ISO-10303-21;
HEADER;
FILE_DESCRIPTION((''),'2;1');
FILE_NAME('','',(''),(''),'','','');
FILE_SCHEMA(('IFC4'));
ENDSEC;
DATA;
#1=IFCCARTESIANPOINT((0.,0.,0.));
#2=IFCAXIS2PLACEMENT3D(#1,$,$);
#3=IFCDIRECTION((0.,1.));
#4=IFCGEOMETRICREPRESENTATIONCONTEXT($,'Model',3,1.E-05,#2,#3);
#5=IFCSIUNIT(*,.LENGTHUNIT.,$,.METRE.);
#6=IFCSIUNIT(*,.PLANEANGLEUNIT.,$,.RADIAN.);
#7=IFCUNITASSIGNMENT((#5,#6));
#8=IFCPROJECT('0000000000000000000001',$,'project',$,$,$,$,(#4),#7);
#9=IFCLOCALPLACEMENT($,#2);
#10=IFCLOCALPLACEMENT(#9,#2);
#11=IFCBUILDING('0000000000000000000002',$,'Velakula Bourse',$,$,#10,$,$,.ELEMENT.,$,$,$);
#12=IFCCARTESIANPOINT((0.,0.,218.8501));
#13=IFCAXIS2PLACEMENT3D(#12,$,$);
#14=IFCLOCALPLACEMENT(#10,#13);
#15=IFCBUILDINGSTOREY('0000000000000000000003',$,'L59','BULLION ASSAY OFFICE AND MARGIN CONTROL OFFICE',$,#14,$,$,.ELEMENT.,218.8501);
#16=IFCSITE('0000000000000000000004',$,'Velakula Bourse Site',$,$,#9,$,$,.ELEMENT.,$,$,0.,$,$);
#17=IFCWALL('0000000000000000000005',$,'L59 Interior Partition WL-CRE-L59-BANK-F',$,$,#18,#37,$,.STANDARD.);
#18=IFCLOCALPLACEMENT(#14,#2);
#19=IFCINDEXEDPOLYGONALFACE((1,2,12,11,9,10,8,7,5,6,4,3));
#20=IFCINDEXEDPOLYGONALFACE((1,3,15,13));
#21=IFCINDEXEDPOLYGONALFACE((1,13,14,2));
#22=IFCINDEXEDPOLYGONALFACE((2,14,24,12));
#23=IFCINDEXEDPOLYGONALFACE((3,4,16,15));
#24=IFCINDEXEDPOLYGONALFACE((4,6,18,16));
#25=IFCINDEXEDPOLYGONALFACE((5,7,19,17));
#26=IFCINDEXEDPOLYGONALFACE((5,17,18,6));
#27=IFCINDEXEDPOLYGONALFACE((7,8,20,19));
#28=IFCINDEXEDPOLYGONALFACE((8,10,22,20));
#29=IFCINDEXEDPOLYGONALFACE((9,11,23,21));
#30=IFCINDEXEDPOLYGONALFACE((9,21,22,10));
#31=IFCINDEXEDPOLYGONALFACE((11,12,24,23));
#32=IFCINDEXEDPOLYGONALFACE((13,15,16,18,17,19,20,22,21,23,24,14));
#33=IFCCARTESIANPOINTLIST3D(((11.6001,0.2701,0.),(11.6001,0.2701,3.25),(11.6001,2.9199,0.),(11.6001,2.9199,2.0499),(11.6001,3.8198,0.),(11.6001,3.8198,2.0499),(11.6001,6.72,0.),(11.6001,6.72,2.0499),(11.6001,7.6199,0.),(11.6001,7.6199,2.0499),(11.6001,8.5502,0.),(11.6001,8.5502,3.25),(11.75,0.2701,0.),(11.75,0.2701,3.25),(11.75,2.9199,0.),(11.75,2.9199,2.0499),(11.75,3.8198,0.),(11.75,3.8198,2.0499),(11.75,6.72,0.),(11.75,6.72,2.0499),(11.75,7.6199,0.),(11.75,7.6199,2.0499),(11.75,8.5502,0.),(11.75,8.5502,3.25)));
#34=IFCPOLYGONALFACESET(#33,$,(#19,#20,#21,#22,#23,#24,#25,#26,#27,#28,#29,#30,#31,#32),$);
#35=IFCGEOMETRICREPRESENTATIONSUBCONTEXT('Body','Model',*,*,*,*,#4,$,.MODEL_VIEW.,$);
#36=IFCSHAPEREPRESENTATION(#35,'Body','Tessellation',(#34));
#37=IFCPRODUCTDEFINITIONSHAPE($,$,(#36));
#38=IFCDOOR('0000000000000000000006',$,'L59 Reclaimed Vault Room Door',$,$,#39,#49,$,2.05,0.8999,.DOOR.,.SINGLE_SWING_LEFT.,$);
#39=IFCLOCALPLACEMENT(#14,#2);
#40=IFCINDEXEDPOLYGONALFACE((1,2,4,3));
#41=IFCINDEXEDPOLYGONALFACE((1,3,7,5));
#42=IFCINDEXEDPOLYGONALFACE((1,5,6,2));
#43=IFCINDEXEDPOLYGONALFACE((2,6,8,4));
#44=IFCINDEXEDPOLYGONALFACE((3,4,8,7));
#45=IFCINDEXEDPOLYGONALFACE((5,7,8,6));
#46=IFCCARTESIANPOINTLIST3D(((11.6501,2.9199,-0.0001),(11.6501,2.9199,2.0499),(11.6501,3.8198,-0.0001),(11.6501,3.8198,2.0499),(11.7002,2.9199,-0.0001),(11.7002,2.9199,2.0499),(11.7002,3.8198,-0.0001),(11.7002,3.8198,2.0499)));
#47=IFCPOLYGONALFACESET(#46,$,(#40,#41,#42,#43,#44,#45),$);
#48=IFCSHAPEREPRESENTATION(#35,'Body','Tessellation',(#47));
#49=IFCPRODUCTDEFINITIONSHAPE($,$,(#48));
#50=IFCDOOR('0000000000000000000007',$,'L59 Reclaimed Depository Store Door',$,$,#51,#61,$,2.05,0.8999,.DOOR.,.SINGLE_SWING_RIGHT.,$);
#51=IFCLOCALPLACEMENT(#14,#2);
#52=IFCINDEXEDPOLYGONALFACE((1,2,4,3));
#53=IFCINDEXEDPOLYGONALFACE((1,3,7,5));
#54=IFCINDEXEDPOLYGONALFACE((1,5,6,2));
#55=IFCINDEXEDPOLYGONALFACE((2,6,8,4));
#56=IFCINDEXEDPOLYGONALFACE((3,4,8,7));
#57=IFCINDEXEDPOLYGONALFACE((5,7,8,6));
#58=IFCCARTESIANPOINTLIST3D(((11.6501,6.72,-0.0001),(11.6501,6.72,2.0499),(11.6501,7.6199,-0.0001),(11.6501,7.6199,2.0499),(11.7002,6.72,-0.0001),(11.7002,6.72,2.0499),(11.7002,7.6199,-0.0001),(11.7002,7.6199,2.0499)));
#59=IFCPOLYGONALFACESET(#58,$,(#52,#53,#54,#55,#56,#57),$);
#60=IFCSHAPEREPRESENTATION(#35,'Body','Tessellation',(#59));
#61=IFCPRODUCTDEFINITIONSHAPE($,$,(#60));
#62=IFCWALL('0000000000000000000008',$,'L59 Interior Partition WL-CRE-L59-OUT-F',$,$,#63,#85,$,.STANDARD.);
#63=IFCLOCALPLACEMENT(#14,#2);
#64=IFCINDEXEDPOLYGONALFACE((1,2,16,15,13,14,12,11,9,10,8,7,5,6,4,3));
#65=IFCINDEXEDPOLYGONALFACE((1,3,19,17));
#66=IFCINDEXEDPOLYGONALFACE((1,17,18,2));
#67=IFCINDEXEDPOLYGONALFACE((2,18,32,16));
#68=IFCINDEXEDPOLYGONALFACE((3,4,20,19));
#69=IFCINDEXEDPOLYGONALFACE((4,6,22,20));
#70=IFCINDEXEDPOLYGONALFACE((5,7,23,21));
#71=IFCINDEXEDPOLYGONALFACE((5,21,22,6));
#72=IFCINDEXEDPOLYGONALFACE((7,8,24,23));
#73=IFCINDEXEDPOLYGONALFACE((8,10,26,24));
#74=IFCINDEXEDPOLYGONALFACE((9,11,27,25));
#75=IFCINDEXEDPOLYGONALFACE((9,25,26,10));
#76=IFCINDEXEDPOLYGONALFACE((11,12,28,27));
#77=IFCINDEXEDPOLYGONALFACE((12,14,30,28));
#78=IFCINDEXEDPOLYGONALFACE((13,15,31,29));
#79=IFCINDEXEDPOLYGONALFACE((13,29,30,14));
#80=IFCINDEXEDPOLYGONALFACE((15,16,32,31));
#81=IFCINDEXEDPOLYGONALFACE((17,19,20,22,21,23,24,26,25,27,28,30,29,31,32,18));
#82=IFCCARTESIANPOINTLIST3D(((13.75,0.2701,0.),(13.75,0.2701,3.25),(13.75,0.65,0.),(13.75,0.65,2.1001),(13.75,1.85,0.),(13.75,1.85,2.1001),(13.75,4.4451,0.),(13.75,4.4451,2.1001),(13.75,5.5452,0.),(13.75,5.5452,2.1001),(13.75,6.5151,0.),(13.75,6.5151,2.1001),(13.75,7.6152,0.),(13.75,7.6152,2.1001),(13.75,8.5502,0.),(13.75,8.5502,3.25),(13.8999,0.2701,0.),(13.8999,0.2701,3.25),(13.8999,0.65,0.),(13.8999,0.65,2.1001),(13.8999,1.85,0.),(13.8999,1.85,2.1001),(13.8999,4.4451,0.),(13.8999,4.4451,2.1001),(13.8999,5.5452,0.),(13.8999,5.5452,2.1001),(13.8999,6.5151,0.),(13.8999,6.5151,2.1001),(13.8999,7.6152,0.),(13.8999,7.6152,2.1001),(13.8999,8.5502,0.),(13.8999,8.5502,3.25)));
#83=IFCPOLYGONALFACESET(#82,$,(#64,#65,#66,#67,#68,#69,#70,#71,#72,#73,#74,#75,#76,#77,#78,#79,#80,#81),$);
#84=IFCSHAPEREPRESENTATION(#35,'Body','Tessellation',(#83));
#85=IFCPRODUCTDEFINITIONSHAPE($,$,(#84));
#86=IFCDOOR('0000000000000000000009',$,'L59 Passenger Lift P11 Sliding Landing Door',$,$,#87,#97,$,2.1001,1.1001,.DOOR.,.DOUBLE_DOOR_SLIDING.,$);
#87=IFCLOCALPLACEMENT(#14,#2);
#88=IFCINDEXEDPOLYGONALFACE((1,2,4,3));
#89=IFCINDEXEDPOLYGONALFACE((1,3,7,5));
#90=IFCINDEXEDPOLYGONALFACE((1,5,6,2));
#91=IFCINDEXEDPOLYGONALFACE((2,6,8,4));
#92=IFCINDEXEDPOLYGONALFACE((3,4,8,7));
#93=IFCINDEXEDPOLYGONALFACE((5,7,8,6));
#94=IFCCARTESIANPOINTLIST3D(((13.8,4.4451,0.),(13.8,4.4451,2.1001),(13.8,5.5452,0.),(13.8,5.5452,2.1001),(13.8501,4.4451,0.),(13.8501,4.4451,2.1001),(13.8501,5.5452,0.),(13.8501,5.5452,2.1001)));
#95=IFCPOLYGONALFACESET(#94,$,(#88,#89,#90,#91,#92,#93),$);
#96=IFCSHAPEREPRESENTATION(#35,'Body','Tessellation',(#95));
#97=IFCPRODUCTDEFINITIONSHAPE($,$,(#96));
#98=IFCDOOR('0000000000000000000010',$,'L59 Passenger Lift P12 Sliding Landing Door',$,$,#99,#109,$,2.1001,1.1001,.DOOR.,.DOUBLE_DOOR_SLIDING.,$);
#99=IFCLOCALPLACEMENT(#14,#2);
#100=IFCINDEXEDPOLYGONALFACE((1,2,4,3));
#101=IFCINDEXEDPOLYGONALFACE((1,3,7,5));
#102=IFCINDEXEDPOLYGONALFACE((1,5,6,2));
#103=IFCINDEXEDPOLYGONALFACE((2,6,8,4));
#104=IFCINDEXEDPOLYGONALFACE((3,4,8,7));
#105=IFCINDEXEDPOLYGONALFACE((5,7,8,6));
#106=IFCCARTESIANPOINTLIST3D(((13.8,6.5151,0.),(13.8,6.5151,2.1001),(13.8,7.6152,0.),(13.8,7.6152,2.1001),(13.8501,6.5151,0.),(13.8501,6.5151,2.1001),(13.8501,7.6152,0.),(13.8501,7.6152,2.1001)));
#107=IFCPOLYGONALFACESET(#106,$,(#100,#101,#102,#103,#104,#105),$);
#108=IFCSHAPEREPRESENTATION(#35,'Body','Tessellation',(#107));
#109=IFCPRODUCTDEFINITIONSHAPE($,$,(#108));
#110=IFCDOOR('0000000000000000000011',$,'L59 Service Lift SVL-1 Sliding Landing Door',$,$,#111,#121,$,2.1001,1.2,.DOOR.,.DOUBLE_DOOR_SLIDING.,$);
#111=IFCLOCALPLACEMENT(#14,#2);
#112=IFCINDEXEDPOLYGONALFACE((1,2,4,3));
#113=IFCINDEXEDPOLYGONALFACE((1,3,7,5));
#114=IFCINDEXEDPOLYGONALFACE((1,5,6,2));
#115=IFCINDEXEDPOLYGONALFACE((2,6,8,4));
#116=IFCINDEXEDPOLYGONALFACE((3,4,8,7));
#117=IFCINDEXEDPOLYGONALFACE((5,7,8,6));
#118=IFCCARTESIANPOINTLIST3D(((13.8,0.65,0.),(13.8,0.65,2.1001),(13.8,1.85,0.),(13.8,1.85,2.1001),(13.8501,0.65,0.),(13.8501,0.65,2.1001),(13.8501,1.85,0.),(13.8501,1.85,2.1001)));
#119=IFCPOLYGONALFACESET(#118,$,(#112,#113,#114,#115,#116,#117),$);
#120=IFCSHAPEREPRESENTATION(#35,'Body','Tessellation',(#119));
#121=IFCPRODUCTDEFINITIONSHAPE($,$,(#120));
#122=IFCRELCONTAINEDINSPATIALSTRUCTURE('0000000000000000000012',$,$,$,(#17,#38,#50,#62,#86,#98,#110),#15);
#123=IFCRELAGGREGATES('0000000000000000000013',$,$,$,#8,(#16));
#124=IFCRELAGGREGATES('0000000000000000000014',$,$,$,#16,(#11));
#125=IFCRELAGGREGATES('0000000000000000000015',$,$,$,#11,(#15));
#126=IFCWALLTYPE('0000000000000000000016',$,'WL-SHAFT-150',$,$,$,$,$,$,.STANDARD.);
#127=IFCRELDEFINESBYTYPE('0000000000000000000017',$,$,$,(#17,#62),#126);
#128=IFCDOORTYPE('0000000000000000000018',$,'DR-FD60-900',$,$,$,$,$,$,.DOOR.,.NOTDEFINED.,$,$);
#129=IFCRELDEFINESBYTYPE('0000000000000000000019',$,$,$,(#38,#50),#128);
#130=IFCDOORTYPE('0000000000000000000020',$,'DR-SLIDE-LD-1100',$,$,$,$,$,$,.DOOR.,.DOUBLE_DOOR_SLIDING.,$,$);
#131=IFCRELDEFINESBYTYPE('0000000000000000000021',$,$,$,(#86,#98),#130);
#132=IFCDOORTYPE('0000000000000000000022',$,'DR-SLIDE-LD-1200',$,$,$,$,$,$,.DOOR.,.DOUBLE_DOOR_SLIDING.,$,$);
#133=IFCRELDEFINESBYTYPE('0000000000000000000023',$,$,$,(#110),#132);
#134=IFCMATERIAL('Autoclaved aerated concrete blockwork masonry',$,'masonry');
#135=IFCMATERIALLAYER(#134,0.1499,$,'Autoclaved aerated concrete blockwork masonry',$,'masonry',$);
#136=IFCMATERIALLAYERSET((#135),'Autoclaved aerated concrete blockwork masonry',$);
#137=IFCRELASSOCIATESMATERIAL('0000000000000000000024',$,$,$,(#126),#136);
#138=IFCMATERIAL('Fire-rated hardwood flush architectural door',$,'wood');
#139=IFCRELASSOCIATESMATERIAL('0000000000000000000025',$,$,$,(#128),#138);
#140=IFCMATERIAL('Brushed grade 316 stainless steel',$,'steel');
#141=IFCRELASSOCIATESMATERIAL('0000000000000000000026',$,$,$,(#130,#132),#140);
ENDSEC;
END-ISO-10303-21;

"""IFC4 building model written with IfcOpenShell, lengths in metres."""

from ifc_helpers import new_model, si_unit, direction, frame, frame_2d, origin, place, context, subcontext, project, spatial, rectangle, extrude, material, layer, layer_set, type_object, element, fill, save


model = new_model("IFC4")

# Units and contexts
model_context = context("Model", 3, precision=1e-05, world=origin(), true_north=direction((0.0, 1.0)))
body_context = subcontext(model_context, "Body", "Model", "MODEL_VIEW")
ifc_project = project(units=[si_unit("LENGTHUNIT", "METRE"), si_unit("PLANEANGLEUNIT", "RADIAN")], contexts=[model_context])

# Site, building, storey
site_placement = place(None, origin())
site = spatial("IfcSite", under=ifc_project, at=site_placement, Name="Velakula Bourse Site", CompositionType="ELEMENT", RefElevation=0.0)
building_placement = place(site_placement, origin())
building = spatial("IfcBuilding", under=site, at=building_placement, Name="Velakula Bourse", CompositionType="ELEMENT")
storey_placement = place(building_placement, frame((0.0, 0.0, 218.8501)))
storey = spatial("IfcBuildingStorey", under=building, at=storey_placement, Name="L59", Description="BULLION ASSAY OFFICE AND MARGIN CONTROL OFFICE", CompositionType="ELEMENT", Elevation=218.8501)

# Shared definitions
ifc_material_1 = material(Name="Fire-rated hardwood flush architectural door", Category="wood")

# Shared definitions
ifc_material_2 = material(Name="Autoclaved aerated concrete blockwork masonry", Category="masonry")
ifc_layer_1 = layer(ifc_material_2, 0.1499, Name="Autoclaved aerated concrete blockwork masonry", Category="masonry")
ifc_layer_set_1 = layer_set([ifc_layer_1], Name="Autoclaved aerated concrete blockwork masonry")
wall_type_1 = type_object("IfcWallType", Name="WL-SHAFT-150", PredefinedType="STANDARD", material=ifc_layer_set_1)

# Walls, openings, doors
wall_1_placement = place(storey_placement, frame((11.675, 0.27, 0.0), z_axis=(0.0, 0.0, 1.0), x_axis=(0.0, 1.0, 0.0)))
wall_1 = element("IfcWall", 1, at=wall_1_placement, inside=storey, type_object=wall_type_1, Name="L59 Interior Partition WL-CRE-L59-BANK-F", PredefinedType="STANDARD", context=body_context, shape_type="SweptSolid", body=[
    extrude(rectangle(XDim=8.28, YDim=0.1499, at=frame_2d((4.1401, 0.0))), origin(), (0.0, 0.0, 1.0), 3.25),
])
opening_1_placement = place(wall_1_placement, frame((2.6499, 0.0, 0.0)))
opening_1 = element("IfcOpeningElement", 2, at=opening_1_placement, cuts=wall_1, PredefinedType="OPENING", context=body_context, shape_type="SweptSolid", body=[
    extrude(rectangle(XDim=0.8999, YDim=2.05, at=frame_2d((0.45, 1.0249))), frame((0.0, 0.085, 0.0), z_axis=(0.0, -1.0, 0.0), x_axis=(1.0, 0.0, 0.0)), (0.0, 0.0, 1.0), 0.1699),
])
opening_2_placement = place(wall_1_placement, frame((6.45, 0.0, 0.0)))
opening_2 = element("IfcOpeningElement", 3, at=opening_2_placement, cuts=wall_1, PredefinedType="OPENING", context=body_context, shape_type="SweptSolid", body=[
    extrude(rectangle(XDim=0.8999, YDim=2.05, at=frame_2d((0.45, 1.0249))), frame((0.0, 0.085, 0.0), z_axis=(0.0, -1.0, 0.0), x_axis=(1.0, 0.0, 0.0)), (0.0, 0.0, 1.0), 0.1699),
])
door_type_1 = type_object("IfcDoorType", Name="DR-FD60-900", OperationType="NOTDEFINED", PredefinedType="DOOR", material=ifc_material_1)
door_1_placement = place(opening_1_placement, origin())
door_1 = element("IfcDoor", 4, at=door_1_placement, inside=storey, type_object=door_type_1, Name="L59 Reclaimed Vault Room Door", OperationType="SINGLE_SWING_LEFT", OverallHeight=2.05, OverallWidth=0.8999, PredefinedType="DOOR", context=body_context, shape_type="SweptSolid", body=[
    extrude(rectangle(XDim=0.8999, YDim=2.05, at=frame_2d((0.45, 1.0249))), frame((0.0, 0.0249, 0.0), z_axis=(0.0, -1.0, 0.0), x_axis=(1.0, 0.0, 0.0)), (0.0, 0.0, 1.0), 0.05),
])
fill(opening_1, door_1)
door_2_placement = place(opening_2_placement, origin())
door_2 = element("IfcDoor", 5, at=door_2_placement, inside=storey, type_object=door_type_1, Name="L59 Reclaimed Depository Store Door", OperationType="SINGLE_SWING_RIGHT", OverallHeight=2.05, OverallWidth=0.8999, PredefinedType="DOOR", context=body_context, shape_type="SweptSolid", body=[
    extrude(rectangle(XDim=0.8999, YDim=2.05, at=frame_2d((0.45, 1.0249))), frame((0.0, 0.0249, 0.0), z_axis=(0.0, -1.0, 0.0), x_axis=(1.0, 0.0, 0.0)), (0.0, 0.0, 1.0), 0.05),
])
fill(opening_2, door_2)
wall_2_placement = place(storey_placement, frame((13.825, 0.27, 0.0), z_axis=(0.0, 0.0, 1.0), x_axis=(0.0, 1.0, 0.0)))
wall_2 = element("IfcWall", 6, at=wall_2_placement, inside=storey, type_object=wall_type_1, Name="L59 Interior Partition WL-CRE-L59-OUT-F", PredefinedType="STANDARD", context=body_context, shape_type="SweptSolid", body=[
    extrude(rectangle(XDim=8.28, YDim=0.1499, at=frame_2d((4.1401, 0.0))), origin(), (0.0, 0.0, 1.0), 3.25),
])
opening_3_placement = place(wall_2_placement, frame((4.175, 0.0, 0.0)))
opening_3 = element("IfcOpeningElement", 7, at=opening_3_placement, cuts=wall_2, PredefinedType="OPENING", context=body_context, shape_type="SweptSolid", body=[
    extrude(rectangle(XDim=1.1001, YDim=2.1001, at=frame_2d((0.55, 1.05))), frame((0.0, 0.085, 0.0), z_axis=(0.0, -1.0, 0.0), x_axis=(1.0, 0.0, 0.0)), (0.0, 0.0, 1.0), 0.1699),
])
opening_4_placement = place(wall_2_placement, frame((6.2451, 0.0, 0.0)))
opening_4 = element("IfcOpeningElement", 8, at=opening_4_placement, cuts=wall_2, PredefinedType="OPENING", context=body_context, shape_type="SweptSolid", body=[
    extrude(rectangle(XDim=1.1001, YDim=2.1001, at=frame_2d((0.55, 1.05))), frame((0.0, 0.085, 0.0), z_axis=(0.0, -1.0, 0.0), x_axis=(1.0, 0.0, 0.0)), (0.0, 0.0, 1.0), 0.1699),
])
opening_5_placement = place(wall_2_placement, frame((0.3799, 0.0, 0.0)))
opening_5 = element("IfcOpeningElement", 9, at=opening_5_placement, cuts=wall_2, PredefinedType="OPENING", context=body_context, shape_type="SweptSolid", body=[
    extrude(rectangle(XDim=1.2, YDim=2.1001, at=frame_2d((0.6001, 1.05))), frame((0.0, 0.085, 0.0), z_axis=(0.0, -1.0, 0.0), x_axis=(1.0, 0.0, 0.0)), (0.0, 0.0, 1.0), 0.1699),
])
ifc_material_3 = material(Name="Brushed grade 316 stainless steel", Category="steel")
door_type_2 = type_object("IfcDoorType", Name="DR-SLIDE-LD-1100", OperationType="DOUBLE_DOOR_SLIDING", PredefinedType="DOOR", material=ifc_material_3)
door_3_placement = place(opening_3_placement, origin())
door_3 = element("IfcDoor", 10, at=door_3_placement, inside=storey, type_object=door_type_2, Name="L59 Passenger Lift P11 Sliding Landing Door", OperationType="DOUBLE_DOOR_SLIDING", OverallHeight=2.1001, OverallWidth=1.1001, PredefinedType="DOOR", context=body_context, shape_type="SweptSolid", body=[
    extrude(rectangle(XDim=1.1001, YDim=2.1001, at=frame_2d((0.55, 1.05))), frame((0.0, 0.0249, 0.0), z_axis=(0.0, -1.0, 0.0), x_axis=(1.0, 0.0, 0.0)), (0.0, 0.0, 1.0), 0.05),
])
fill(opening_3, door_3)
door_4_placement = place(opening_4_placement, origin())
door_4 = element("IfcDoor", 11, at=door_4_placement, inside=storey, type_object=door_type_2, Name="L59 Passenger Lift P12 Sliding Landing Door", OperationType="DOUBLE_DOOR_SLIDING", OverallHeight=2.1001, OverallWidth=1.1001, PredefinedType="DOOR", context=body_context, shape_type="SweptSolid", body=[
    extrude(rectangle(XDim=1.1001, YDim=2.1001, at=frame_2d((0.55, 1.05))), frame((0.0, 0.0249, 0.0), z_axis=(0.0, -1.0, 0.0), x_axis=(1.0, 0.0, 0.0)), (0.0, 0.0, 1.0), 0.05),
])
fill(opening_4, door_4)
door_type_3 = type_object("IfcDoorType", Name="DR-SLIDE-LD-1200", OperationType="DOUBLE_DOOR_SLIDING", PredefinedType="DOOR", material=ifc_material_3)
door_5_placement = place(opening_5_placement, origin())
door_5 = element("IfcDoor", 12, at=door_5_placement, inside=storey, type_object=door_type_3, Name="L59 Service Lift SVL-1 Sliding Landing Door", OperationType="DOUBLE_DOOR_SLIDING", OverallHeight=2.1001, OverallWidth=1.2, PredefinedType="DOOR", context=body_context, shape_type="SweptSolid", body=[
    extrude(rectangle(XDim=1.2, YDim=2.1001, at=frame_2d((0.6001, 1.05))), frame((0.0, 0.0249, 0.0), z_axis=(0.0, -1.0, 0.0), x_axis=(1.0, 0.0, 0.0)), (0.0, 0.0, 1.0), 0.05),
])
fill(opening_5, door_5)

save(model, "model.ifc")
